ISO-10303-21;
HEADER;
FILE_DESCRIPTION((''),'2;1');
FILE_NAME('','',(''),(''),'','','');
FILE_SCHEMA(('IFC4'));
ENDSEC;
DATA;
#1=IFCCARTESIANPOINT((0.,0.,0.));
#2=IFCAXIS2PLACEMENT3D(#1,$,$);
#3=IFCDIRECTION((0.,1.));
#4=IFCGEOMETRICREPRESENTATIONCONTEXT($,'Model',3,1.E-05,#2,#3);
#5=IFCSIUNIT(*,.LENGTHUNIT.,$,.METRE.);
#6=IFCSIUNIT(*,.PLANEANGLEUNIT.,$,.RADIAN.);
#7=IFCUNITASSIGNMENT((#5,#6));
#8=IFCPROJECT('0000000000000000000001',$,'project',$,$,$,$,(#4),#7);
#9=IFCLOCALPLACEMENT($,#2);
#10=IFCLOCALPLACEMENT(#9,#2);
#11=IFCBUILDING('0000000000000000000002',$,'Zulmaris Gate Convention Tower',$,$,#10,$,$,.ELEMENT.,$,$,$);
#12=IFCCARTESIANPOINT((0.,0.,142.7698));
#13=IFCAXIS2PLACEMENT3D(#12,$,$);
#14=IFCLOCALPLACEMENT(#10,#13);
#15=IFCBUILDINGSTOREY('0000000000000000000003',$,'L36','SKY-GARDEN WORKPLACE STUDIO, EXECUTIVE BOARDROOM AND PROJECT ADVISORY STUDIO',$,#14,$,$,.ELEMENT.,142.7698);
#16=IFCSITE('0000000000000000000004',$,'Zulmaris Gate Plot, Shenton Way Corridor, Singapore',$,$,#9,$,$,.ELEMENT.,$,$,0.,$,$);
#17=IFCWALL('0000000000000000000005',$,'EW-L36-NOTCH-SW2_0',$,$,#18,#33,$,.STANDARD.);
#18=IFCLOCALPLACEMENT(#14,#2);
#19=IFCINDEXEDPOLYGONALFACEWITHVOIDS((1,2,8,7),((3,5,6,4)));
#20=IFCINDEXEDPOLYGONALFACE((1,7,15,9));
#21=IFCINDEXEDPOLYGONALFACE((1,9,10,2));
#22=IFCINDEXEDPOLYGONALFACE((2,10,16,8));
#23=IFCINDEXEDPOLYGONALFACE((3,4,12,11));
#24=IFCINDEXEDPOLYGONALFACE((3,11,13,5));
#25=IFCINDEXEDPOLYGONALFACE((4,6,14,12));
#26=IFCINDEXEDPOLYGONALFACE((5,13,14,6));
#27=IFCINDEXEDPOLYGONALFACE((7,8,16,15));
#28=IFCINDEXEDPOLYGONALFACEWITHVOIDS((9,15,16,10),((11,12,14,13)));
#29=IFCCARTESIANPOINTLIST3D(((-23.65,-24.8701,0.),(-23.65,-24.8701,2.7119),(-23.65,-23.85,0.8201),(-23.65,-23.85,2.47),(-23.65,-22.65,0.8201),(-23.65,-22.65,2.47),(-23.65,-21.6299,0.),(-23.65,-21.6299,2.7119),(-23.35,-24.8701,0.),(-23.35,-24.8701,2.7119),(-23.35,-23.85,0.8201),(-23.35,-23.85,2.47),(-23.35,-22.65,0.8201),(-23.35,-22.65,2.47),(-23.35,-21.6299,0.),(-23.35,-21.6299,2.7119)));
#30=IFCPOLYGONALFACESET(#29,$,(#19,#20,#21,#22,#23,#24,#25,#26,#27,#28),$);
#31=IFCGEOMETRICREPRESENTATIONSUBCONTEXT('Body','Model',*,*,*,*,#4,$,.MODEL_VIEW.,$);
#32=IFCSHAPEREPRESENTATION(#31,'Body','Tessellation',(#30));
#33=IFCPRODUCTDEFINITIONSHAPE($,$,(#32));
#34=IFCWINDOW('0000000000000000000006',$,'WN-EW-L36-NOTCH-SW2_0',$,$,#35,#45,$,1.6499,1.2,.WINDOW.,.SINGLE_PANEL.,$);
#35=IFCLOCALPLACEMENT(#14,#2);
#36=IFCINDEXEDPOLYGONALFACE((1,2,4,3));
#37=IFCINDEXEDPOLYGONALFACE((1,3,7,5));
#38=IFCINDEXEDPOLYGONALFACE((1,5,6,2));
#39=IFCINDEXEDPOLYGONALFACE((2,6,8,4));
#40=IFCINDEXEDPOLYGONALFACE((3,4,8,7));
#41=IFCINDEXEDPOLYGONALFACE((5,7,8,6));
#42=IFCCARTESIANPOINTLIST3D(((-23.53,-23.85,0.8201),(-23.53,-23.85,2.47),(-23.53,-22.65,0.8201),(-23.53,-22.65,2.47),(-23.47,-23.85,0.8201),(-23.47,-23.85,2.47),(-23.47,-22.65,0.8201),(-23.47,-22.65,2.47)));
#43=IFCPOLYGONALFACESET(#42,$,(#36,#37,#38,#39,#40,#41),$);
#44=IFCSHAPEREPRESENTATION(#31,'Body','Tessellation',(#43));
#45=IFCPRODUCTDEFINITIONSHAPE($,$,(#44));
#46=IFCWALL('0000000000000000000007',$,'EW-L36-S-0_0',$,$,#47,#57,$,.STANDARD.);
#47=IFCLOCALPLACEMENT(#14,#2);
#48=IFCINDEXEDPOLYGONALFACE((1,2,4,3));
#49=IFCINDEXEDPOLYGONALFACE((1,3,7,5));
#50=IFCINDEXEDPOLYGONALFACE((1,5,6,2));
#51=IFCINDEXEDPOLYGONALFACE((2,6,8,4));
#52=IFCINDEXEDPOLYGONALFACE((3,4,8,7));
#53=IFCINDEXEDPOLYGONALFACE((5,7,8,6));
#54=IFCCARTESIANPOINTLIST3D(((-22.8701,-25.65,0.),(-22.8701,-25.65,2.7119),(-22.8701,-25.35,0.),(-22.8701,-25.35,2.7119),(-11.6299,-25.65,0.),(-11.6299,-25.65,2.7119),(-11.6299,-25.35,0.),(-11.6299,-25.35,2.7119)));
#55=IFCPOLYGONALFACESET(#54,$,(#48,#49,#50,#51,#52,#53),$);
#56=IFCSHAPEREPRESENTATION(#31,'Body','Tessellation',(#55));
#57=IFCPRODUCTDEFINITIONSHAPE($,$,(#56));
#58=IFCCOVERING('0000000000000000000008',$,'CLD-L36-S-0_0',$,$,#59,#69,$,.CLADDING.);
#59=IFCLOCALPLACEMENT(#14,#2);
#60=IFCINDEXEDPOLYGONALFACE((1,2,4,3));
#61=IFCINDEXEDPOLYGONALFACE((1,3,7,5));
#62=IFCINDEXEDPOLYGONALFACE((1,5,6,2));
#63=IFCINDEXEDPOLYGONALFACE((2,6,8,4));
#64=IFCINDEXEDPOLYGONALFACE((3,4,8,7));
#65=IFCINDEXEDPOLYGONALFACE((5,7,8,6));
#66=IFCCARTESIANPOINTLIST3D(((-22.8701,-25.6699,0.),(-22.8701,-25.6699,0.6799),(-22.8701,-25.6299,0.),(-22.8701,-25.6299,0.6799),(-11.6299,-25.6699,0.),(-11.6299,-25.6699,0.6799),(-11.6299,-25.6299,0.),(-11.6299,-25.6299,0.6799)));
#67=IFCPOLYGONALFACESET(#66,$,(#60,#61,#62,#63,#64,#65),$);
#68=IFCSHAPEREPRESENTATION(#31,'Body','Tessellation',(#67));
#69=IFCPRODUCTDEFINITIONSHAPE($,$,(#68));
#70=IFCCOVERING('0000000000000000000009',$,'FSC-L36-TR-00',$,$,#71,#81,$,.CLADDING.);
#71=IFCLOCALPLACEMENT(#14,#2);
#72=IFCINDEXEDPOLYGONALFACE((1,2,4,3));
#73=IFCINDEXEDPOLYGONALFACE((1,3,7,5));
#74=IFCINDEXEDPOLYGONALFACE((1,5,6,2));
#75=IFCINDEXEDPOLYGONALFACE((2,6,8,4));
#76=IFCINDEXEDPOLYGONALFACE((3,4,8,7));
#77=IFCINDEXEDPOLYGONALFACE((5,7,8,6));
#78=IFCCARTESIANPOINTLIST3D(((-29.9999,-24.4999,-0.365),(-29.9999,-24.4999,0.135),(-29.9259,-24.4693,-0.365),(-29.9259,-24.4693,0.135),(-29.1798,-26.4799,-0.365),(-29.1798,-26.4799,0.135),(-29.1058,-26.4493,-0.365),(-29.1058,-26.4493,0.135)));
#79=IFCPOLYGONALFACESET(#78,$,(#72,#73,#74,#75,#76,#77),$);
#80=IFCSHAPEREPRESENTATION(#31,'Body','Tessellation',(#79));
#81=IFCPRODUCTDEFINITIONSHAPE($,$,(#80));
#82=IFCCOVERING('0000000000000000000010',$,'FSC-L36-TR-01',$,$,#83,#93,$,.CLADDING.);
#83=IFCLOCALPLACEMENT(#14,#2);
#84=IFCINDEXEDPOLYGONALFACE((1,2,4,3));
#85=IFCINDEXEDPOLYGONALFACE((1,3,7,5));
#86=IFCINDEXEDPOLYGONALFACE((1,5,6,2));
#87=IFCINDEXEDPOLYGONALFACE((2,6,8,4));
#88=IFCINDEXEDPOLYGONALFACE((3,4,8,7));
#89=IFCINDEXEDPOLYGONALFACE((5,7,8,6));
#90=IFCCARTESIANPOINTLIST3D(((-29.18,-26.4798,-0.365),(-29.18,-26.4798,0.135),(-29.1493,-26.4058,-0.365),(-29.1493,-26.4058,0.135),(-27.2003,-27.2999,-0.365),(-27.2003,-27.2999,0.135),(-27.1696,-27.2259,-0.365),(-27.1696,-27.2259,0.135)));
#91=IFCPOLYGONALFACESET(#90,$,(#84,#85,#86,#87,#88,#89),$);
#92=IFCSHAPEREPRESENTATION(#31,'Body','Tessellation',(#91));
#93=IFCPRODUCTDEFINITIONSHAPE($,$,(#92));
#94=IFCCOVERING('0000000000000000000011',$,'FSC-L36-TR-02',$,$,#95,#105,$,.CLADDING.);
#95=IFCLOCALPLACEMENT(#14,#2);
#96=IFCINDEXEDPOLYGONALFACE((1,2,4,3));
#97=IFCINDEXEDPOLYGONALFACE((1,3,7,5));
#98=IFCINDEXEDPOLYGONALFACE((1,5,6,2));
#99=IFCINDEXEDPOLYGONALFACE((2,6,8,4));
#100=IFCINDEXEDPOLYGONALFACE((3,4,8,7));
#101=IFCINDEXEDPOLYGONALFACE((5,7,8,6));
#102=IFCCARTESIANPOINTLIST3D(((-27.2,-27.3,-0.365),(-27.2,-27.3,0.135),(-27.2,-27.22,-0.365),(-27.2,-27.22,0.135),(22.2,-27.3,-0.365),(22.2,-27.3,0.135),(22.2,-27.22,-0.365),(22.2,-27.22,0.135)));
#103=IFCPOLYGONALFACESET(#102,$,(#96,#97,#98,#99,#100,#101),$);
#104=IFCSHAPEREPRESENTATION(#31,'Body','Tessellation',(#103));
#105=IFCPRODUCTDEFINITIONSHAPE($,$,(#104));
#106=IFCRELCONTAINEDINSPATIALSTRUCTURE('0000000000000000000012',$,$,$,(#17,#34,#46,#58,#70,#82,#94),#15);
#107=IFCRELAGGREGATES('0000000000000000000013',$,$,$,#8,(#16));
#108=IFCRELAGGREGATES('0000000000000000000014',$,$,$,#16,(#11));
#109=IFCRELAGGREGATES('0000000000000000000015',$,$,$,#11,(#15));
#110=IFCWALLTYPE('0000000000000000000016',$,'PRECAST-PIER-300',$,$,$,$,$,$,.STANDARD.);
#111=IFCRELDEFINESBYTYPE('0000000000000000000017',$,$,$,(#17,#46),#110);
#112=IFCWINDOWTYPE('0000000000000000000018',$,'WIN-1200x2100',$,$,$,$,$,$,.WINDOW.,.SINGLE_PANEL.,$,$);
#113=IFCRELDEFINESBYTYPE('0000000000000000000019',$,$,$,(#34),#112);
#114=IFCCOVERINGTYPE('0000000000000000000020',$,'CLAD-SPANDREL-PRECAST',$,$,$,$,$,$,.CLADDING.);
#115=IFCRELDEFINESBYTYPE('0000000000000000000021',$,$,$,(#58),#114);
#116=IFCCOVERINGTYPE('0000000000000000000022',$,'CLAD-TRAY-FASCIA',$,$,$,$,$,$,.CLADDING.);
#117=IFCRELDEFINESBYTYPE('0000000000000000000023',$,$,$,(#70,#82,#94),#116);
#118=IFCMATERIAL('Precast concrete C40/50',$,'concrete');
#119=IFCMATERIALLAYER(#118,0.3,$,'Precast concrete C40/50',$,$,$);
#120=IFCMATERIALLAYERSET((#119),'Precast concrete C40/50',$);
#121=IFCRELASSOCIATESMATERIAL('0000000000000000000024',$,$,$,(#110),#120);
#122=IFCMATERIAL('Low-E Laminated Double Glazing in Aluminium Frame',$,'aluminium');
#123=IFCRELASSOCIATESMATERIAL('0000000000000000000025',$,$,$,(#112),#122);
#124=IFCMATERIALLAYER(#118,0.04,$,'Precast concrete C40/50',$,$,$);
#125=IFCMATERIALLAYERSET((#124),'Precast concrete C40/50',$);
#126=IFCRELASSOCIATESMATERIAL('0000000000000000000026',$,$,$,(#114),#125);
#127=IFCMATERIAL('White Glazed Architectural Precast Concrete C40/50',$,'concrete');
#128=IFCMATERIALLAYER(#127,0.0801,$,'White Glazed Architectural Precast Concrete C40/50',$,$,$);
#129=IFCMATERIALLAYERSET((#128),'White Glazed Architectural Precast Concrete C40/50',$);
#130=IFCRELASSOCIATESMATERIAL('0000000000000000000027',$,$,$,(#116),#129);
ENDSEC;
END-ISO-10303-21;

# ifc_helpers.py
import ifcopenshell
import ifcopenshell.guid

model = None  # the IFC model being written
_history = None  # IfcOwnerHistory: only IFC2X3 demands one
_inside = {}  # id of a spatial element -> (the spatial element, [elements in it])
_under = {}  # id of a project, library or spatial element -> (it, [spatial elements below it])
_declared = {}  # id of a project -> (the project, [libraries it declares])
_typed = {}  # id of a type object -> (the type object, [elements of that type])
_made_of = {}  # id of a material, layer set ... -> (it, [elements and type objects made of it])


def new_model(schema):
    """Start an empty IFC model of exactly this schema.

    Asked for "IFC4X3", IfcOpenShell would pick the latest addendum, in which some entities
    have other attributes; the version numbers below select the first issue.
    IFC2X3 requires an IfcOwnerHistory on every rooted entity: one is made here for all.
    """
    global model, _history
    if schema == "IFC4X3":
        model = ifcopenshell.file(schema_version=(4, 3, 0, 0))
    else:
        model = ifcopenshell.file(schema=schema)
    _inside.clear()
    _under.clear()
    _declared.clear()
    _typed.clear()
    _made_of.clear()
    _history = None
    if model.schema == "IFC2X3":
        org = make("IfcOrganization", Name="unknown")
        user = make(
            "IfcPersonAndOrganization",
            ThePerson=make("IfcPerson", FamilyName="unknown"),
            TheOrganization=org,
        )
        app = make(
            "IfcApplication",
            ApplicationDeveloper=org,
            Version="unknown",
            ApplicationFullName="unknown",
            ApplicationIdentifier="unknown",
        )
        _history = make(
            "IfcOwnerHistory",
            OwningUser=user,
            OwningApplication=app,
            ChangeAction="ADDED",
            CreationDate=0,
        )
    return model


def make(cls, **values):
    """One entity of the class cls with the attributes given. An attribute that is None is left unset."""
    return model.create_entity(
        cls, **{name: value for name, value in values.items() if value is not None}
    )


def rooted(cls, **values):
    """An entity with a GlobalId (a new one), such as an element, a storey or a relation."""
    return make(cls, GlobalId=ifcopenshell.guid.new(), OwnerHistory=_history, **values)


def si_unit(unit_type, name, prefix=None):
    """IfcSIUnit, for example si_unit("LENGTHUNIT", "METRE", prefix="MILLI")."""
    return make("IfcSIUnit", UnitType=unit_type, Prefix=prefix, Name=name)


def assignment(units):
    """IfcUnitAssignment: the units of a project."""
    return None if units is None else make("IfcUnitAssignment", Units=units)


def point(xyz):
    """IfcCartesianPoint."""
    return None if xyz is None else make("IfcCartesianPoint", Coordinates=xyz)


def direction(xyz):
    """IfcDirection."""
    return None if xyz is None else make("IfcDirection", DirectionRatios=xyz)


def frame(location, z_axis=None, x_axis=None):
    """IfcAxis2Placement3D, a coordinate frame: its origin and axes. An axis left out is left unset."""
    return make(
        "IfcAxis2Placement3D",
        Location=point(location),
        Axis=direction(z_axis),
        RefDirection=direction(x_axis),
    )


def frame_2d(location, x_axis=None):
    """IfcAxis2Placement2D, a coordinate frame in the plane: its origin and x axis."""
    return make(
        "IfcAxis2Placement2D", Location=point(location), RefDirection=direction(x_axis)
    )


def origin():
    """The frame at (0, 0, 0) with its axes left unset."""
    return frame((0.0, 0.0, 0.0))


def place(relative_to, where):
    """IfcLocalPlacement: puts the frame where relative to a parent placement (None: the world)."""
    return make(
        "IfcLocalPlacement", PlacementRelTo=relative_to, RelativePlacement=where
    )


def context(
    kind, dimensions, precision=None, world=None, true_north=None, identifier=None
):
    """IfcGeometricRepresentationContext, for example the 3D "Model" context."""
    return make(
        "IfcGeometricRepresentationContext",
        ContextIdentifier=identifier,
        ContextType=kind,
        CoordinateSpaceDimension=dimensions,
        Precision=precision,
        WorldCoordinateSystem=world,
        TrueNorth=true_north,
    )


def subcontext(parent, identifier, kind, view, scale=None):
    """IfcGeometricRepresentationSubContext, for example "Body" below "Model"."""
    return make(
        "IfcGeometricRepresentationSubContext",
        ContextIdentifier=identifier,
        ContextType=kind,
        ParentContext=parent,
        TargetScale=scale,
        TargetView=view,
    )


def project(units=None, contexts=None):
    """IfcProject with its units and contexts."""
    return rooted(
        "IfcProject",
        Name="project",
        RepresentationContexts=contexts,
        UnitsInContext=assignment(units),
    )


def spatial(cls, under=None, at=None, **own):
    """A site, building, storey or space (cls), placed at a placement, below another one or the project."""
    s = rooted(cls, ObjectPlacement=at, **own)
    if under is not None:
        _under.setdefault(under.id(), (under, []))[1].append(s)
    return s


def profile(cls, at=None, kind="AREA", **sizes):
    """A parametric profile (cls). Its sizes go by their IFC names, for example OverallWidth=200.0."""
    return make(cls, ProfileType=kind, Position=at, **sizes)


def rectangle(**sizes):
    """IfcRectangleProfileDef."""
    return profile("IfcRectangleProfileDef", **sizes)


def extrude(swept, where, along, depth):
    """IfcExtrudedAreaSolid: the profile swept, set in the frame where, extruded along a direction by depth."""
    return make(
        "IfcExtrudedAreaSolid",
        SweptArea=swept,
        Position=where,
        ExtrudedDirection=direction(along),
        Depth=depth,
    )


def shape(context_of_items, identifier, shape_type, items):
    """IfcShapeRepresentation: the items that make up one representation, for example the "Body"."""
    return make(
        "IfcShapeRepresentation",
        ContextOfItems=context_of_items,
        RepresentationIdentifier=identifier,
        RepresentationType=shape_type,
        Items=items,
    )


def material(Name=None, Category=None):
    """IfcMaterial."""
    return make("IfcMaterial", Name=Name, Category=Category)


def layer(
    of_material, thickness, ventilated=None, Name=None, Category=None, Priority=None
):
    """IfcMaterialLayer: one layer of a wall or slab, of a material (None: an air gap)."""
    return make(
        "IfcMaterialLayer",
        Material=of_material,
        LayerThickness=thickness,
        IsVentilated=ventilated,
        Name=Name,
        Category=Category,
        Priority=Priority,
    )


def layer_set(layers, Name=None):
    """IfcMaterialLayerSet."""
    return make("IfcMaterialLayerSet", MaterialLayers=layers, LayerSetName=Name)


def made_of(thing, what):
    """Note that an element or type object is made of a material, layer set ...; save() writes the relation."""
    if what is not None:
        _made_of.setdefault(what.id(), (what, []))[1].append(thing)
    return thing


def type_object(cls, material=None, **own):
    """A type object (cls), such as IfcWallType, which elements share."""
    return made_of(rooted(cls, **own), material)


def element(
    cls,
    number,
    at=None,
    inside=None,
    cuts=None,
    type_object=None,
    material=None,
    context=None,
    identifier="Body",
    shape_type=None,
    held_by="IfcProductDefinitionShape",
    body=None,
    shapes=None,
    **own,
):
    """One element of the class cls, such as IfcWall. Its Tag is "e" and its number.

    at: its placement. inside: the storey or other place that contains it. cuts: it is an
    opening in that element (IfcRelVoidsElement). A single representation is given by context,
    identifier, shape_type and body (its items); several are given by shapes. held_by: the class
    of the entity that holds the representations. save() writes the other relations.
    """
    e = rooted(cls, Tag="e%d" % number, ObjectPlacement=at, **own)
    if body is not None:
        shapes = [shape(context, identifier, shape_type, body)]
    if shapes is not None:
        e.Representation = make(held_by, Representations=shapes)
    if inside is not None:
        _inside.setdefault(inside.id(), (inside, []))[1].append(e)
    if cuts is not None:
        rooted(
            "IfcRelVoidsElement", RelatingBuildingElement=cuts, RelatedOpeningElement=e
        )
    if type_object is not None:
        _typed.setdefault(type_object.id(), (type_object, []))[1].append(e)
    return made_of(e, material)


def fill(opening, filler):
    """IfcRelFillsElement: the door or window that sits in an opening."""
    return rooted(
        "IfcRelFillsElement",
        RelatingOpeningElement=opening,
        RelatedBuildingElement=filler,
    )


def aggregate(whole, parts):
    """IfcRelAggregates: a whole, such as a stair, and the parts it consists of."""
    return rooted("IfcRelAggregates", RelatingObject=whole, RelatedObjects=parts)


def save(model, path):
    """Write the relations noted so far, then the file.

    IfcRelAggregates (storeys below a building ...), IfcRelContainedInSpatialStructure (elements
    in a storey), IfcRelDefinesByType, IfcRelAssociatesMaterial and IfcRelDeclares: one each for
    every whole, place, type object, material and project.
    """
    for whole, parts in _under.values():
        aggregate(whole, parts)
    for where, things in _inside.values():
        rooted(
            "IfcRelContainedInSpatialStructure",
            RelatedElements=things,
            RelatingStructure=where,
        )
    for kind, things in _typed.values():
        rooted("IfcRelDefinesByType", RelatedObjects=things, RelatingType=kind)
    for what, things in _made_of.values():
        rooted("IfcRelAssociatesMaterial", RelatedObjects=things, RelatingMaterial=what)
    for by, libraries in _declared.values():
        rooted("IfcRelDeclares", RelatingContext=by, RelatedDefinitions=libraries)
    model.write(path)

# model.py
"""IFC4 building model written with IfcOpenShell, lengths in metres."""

from ifc_helpers import new_model, si_unit, direction, frame, frame_2d, origin, place, context, subcontext, project, spatial, rectangle, extrude, material, layer, layer_set, type_object, element, fill, save


model = new_model("IFC4")

# Units and contexts
model_context = context("Model", 3, precision=1e-05, world=origin(), true_north=direction((0.0, 1.0)))
body_context = subcontext(model_context, "Body", "Model", "MODEL_VIEW")
ifc_project = project(units=[si_unit("LENGTHUNIT", "METRE"), si_unit("PLANEANGLEUNIT", "RADIAN")], contexts=[model_context])

# Site, building, storey
site_placement = place(None, origin())
site = spatial("IfcSite", under=ifc_project, at=site_placement, Name="Zulmaris Gate Plot, Shenton Way Corridor, Singapore", CompositionType="ELEMENT", RefElevation=0.0)
building_placement = place(site_placement, origin())
building = spatial("IfcBuilding", under=site, at=building_placement, Name="Zulmaris Gate Convention Tower", CompositionType="ELEMENT")
storey_placement = place(building_placement, frame((0.0, 0.0, 142.7698)))
storey = spatial("IfcBuildingStorey", under=building, at=storey_placement, Name="L36", Description="SKY-GARDEN WORKPLACE STUDIO, EXECUTIVE BOARDROOM AND PROJECT ADVISORY STUDIO", CompositionType="ELEMENT", Elevation=142.7698)

# Wall, opening, window
ifc_material_1 = material(Name="Precast concrete C40/50", Category="concrete")
ifc_layer_1 = layer(ifc_material_1, 0.3, Name="Precast concrete C40/50")
ifc_layer_set_1 = layer_set([ifc_layer_1], Name="Precast concrete C40/50")
wall_type = type_object("IfcWallType", Name="PRECAST-PIER-300", PredefinedType="STANDARD", material=ifc_layer_set_1)
wall_1_placement = place(storey_placement, frame((-23.5, -21.6299, 0.0), z_axis=(0.0, 0.0, 1.0), x_axis=(0.0, -1.0, 0.0)))
wall_1 = element("IfcWall", 1, at=wall_1_placement, inside=storey, type_object=wall_type, Name="EW-L36-NOTCH-SW2_0", PredefinedType="STANDARD", context=body_context, shape_type="SweptSolid", body=[
    extrude(rectangle(XDim=3.2402, YDim=0.3, at=frame_2d((1.6201, 0.0))), origin(), (0.0, 0.0, 1.0), 2.7119),
])
opening_placement = place(wall_1_placement, frame((1.02, 0.0, 0.8201)))
opening = element("IfcOpeningElement", 2, at=opening_placement, cuts=wall_1, PredefinedType="OPENING", context=body_context, shape_type="SweptSolid", body=[
    extrude(rectangle(XDim=1.2, YDim=1.6499, at=frame_2d((0.6001, 0.825))), frame((0.0, 0.1602, 0.0), z_axis=(0.0, -1.0, 0.0), x_axis=(1.0, 0.0, 0.0)), (0.0, 0.0, 1.0), 0.3201),
])
ifc_material_2 = material(Name="Low-E Laminated Double Glazing in Aluminium Frame", Category="aluminium")
window_type = type_object("IfcWindowType", Name="WIN-1200x2100", PartitioningType="SINGLE_PANEL", PredefinedType="WINDOW", material=ifc_material_2)
window_placement = place(opening_placement, origin())
window = element("IfcWindow", 3, at=window_placement, inside=storey, type_object=window_type, Name="WN-EW-L36-NOTCH-SW2_0", OverallHeight=1.6499, OverallWidth=1.2, PartitioningType="SINGLE_PANEL", PredefinedType="WINDOW", context=body_context, shape_type="SweptSolid", body=[
    extrude(rectangle(XDim=1.2, YDim=1.6499, at=frame_2d((0.6001, 0.825))), frame((0.0, 0.03, 0.0), z_axis=(0.0, -1.0, 0.0), x_axis=(1.0, 0.0, 0.0)), (0.0, 0.0, 1.0), 0.0601),
])
fill(opening, window)

# Wall
wall_2_placement = place(storey_placement, frame((-22.8701, -25.5, 0.0), z_axis=(0.0, 0.0, 1.0), x_axis=(1.0, 0.0, 0.0)))
element("IfcWall", 4, at=wall_2_placement, inside=storey, type_object=wall_type, Name="EW-L36-S-0_0", PredefinedType="STANDARD", context=body_context, shape_type="SweptSolid", body=[
    extrude(rectangle(XDim=11.2402, YDim=0.3, at=frame_2d((5.6201, 0.0))), origin(), (0.0, 0.0, 1.0), 2.7119),
])

# Coverings
ifc_layer_2 = layer(ifc_material_1, 0.04, Name="Precast concrete C40/50")
ifc_layer_set_2 = layer_set([ifc_layer_2], Name="Precast concrete C40/50")
covering_type_1 = type_object("IfcCoveringType", Name="CLAD-SPANDREL-PRECAST", PredefinedType="CLADDING", material=ifc_layer_set_2)
covering_1_placement = place(storey_placement, frame((-22.8701, -25.6499, 0.0), z_axis=(0.0, 0.0, 1.0), x_axis=(1.0, 0.0, 0.0)))
element("IfcCovering", 5, at=covering_1_placement, inside=storey, type_object=covering_type_1, Name="CLD-L36-S-0_0", PredefinedType="CLADDING", context=body_context, shape_type="SweptSolid", body=[
    extrude(rectangle(XDim=11.2402, YDim=0.04, at=frame_2d((5.6201, 0.0))), origin(), (0.0, 0.0, 1.0), 0.6799),
])
ifc_material_3 = material(Name="White Glazed Architectural Precast Concrete C40/50", Category="concrete")
ifc_layer_3 = layer(ifc_material_3, 0.0801, Name="White Glazed Architectural Precast Concrete C40/50")
ifc_layer_set_3 = layer_set([ifc_layer_3], Name="White Glazed Architectural Precast Concrete C40/50")
covering_type_2 = type_object("IfcCoveringType", Name="CLAD-TRAY-FASCIA", PredefinedType="CLADDING", material=ifc_layer_set_3)
covering_2_placement = place(storey_placement, frame((-29.9629, -24.4846, -0.365), z_axis=(0.0, 0.0, 1.0), x_axis=(0.382657, -0.92389, 0.0)))
element("IfcCovering", 6, at=covering_2_placement, inside=storey, type_object=covering_type_2, Name="FSC-L36-TR-00", PredefinedType="CLADDING", context=body_context, shape_type="SweptSolid", body=[
    extrude(rectangle(XDim=2.1431, YDim=0.0801, at=frame_2d((1.0715, 0.0))), origin(), (0.0, 0.0, 1.0), 0.5),
])
covering_3_placement = place(storey_placement, frame((-29.1646, -26.4429, -0.365), z_axis=(0.0, 0.0, 1.0), x_axis=(0.923874, -0.382697, 0.0)))
element("IfcCovering", 7, at=covering_3_placement, inside=storey, type_object=covering_type_2, Name="FSC-L36-TR-01", PredefinedType="CLADDING", context=body_context, shape_type="SweptSolid", body=[
    extrude(rectangle(XDim=2.1428, YDim=0.0801, at=frame_2d((1.0713, 0.0))), origin(), (0.0, 0.0, 1.0), 0.5),
])
covering_4_placement = place(storey_placement, frame((-27.2, -27.26, -0.365), z_axis=(0.0, 0.0, 1.0), x_axis=(1.0, 0.0, 0.0)))
element("IfcCovering", 8, at=covering_4_placement, inside=storey, type_object=covering_type_2, Name="FSC-L36-TR-02", PredefinedType="CLADDING", context=body_context, shape_type="SweptSolid", body=[
    extrude(rectangle(XDim=49.3999, YDim=0.0801, at=frame_2d((24.7, 0.0))), origin(), (0.0, 0.0, 1.0), 0.5),
])

save(model, "model.ifc")
